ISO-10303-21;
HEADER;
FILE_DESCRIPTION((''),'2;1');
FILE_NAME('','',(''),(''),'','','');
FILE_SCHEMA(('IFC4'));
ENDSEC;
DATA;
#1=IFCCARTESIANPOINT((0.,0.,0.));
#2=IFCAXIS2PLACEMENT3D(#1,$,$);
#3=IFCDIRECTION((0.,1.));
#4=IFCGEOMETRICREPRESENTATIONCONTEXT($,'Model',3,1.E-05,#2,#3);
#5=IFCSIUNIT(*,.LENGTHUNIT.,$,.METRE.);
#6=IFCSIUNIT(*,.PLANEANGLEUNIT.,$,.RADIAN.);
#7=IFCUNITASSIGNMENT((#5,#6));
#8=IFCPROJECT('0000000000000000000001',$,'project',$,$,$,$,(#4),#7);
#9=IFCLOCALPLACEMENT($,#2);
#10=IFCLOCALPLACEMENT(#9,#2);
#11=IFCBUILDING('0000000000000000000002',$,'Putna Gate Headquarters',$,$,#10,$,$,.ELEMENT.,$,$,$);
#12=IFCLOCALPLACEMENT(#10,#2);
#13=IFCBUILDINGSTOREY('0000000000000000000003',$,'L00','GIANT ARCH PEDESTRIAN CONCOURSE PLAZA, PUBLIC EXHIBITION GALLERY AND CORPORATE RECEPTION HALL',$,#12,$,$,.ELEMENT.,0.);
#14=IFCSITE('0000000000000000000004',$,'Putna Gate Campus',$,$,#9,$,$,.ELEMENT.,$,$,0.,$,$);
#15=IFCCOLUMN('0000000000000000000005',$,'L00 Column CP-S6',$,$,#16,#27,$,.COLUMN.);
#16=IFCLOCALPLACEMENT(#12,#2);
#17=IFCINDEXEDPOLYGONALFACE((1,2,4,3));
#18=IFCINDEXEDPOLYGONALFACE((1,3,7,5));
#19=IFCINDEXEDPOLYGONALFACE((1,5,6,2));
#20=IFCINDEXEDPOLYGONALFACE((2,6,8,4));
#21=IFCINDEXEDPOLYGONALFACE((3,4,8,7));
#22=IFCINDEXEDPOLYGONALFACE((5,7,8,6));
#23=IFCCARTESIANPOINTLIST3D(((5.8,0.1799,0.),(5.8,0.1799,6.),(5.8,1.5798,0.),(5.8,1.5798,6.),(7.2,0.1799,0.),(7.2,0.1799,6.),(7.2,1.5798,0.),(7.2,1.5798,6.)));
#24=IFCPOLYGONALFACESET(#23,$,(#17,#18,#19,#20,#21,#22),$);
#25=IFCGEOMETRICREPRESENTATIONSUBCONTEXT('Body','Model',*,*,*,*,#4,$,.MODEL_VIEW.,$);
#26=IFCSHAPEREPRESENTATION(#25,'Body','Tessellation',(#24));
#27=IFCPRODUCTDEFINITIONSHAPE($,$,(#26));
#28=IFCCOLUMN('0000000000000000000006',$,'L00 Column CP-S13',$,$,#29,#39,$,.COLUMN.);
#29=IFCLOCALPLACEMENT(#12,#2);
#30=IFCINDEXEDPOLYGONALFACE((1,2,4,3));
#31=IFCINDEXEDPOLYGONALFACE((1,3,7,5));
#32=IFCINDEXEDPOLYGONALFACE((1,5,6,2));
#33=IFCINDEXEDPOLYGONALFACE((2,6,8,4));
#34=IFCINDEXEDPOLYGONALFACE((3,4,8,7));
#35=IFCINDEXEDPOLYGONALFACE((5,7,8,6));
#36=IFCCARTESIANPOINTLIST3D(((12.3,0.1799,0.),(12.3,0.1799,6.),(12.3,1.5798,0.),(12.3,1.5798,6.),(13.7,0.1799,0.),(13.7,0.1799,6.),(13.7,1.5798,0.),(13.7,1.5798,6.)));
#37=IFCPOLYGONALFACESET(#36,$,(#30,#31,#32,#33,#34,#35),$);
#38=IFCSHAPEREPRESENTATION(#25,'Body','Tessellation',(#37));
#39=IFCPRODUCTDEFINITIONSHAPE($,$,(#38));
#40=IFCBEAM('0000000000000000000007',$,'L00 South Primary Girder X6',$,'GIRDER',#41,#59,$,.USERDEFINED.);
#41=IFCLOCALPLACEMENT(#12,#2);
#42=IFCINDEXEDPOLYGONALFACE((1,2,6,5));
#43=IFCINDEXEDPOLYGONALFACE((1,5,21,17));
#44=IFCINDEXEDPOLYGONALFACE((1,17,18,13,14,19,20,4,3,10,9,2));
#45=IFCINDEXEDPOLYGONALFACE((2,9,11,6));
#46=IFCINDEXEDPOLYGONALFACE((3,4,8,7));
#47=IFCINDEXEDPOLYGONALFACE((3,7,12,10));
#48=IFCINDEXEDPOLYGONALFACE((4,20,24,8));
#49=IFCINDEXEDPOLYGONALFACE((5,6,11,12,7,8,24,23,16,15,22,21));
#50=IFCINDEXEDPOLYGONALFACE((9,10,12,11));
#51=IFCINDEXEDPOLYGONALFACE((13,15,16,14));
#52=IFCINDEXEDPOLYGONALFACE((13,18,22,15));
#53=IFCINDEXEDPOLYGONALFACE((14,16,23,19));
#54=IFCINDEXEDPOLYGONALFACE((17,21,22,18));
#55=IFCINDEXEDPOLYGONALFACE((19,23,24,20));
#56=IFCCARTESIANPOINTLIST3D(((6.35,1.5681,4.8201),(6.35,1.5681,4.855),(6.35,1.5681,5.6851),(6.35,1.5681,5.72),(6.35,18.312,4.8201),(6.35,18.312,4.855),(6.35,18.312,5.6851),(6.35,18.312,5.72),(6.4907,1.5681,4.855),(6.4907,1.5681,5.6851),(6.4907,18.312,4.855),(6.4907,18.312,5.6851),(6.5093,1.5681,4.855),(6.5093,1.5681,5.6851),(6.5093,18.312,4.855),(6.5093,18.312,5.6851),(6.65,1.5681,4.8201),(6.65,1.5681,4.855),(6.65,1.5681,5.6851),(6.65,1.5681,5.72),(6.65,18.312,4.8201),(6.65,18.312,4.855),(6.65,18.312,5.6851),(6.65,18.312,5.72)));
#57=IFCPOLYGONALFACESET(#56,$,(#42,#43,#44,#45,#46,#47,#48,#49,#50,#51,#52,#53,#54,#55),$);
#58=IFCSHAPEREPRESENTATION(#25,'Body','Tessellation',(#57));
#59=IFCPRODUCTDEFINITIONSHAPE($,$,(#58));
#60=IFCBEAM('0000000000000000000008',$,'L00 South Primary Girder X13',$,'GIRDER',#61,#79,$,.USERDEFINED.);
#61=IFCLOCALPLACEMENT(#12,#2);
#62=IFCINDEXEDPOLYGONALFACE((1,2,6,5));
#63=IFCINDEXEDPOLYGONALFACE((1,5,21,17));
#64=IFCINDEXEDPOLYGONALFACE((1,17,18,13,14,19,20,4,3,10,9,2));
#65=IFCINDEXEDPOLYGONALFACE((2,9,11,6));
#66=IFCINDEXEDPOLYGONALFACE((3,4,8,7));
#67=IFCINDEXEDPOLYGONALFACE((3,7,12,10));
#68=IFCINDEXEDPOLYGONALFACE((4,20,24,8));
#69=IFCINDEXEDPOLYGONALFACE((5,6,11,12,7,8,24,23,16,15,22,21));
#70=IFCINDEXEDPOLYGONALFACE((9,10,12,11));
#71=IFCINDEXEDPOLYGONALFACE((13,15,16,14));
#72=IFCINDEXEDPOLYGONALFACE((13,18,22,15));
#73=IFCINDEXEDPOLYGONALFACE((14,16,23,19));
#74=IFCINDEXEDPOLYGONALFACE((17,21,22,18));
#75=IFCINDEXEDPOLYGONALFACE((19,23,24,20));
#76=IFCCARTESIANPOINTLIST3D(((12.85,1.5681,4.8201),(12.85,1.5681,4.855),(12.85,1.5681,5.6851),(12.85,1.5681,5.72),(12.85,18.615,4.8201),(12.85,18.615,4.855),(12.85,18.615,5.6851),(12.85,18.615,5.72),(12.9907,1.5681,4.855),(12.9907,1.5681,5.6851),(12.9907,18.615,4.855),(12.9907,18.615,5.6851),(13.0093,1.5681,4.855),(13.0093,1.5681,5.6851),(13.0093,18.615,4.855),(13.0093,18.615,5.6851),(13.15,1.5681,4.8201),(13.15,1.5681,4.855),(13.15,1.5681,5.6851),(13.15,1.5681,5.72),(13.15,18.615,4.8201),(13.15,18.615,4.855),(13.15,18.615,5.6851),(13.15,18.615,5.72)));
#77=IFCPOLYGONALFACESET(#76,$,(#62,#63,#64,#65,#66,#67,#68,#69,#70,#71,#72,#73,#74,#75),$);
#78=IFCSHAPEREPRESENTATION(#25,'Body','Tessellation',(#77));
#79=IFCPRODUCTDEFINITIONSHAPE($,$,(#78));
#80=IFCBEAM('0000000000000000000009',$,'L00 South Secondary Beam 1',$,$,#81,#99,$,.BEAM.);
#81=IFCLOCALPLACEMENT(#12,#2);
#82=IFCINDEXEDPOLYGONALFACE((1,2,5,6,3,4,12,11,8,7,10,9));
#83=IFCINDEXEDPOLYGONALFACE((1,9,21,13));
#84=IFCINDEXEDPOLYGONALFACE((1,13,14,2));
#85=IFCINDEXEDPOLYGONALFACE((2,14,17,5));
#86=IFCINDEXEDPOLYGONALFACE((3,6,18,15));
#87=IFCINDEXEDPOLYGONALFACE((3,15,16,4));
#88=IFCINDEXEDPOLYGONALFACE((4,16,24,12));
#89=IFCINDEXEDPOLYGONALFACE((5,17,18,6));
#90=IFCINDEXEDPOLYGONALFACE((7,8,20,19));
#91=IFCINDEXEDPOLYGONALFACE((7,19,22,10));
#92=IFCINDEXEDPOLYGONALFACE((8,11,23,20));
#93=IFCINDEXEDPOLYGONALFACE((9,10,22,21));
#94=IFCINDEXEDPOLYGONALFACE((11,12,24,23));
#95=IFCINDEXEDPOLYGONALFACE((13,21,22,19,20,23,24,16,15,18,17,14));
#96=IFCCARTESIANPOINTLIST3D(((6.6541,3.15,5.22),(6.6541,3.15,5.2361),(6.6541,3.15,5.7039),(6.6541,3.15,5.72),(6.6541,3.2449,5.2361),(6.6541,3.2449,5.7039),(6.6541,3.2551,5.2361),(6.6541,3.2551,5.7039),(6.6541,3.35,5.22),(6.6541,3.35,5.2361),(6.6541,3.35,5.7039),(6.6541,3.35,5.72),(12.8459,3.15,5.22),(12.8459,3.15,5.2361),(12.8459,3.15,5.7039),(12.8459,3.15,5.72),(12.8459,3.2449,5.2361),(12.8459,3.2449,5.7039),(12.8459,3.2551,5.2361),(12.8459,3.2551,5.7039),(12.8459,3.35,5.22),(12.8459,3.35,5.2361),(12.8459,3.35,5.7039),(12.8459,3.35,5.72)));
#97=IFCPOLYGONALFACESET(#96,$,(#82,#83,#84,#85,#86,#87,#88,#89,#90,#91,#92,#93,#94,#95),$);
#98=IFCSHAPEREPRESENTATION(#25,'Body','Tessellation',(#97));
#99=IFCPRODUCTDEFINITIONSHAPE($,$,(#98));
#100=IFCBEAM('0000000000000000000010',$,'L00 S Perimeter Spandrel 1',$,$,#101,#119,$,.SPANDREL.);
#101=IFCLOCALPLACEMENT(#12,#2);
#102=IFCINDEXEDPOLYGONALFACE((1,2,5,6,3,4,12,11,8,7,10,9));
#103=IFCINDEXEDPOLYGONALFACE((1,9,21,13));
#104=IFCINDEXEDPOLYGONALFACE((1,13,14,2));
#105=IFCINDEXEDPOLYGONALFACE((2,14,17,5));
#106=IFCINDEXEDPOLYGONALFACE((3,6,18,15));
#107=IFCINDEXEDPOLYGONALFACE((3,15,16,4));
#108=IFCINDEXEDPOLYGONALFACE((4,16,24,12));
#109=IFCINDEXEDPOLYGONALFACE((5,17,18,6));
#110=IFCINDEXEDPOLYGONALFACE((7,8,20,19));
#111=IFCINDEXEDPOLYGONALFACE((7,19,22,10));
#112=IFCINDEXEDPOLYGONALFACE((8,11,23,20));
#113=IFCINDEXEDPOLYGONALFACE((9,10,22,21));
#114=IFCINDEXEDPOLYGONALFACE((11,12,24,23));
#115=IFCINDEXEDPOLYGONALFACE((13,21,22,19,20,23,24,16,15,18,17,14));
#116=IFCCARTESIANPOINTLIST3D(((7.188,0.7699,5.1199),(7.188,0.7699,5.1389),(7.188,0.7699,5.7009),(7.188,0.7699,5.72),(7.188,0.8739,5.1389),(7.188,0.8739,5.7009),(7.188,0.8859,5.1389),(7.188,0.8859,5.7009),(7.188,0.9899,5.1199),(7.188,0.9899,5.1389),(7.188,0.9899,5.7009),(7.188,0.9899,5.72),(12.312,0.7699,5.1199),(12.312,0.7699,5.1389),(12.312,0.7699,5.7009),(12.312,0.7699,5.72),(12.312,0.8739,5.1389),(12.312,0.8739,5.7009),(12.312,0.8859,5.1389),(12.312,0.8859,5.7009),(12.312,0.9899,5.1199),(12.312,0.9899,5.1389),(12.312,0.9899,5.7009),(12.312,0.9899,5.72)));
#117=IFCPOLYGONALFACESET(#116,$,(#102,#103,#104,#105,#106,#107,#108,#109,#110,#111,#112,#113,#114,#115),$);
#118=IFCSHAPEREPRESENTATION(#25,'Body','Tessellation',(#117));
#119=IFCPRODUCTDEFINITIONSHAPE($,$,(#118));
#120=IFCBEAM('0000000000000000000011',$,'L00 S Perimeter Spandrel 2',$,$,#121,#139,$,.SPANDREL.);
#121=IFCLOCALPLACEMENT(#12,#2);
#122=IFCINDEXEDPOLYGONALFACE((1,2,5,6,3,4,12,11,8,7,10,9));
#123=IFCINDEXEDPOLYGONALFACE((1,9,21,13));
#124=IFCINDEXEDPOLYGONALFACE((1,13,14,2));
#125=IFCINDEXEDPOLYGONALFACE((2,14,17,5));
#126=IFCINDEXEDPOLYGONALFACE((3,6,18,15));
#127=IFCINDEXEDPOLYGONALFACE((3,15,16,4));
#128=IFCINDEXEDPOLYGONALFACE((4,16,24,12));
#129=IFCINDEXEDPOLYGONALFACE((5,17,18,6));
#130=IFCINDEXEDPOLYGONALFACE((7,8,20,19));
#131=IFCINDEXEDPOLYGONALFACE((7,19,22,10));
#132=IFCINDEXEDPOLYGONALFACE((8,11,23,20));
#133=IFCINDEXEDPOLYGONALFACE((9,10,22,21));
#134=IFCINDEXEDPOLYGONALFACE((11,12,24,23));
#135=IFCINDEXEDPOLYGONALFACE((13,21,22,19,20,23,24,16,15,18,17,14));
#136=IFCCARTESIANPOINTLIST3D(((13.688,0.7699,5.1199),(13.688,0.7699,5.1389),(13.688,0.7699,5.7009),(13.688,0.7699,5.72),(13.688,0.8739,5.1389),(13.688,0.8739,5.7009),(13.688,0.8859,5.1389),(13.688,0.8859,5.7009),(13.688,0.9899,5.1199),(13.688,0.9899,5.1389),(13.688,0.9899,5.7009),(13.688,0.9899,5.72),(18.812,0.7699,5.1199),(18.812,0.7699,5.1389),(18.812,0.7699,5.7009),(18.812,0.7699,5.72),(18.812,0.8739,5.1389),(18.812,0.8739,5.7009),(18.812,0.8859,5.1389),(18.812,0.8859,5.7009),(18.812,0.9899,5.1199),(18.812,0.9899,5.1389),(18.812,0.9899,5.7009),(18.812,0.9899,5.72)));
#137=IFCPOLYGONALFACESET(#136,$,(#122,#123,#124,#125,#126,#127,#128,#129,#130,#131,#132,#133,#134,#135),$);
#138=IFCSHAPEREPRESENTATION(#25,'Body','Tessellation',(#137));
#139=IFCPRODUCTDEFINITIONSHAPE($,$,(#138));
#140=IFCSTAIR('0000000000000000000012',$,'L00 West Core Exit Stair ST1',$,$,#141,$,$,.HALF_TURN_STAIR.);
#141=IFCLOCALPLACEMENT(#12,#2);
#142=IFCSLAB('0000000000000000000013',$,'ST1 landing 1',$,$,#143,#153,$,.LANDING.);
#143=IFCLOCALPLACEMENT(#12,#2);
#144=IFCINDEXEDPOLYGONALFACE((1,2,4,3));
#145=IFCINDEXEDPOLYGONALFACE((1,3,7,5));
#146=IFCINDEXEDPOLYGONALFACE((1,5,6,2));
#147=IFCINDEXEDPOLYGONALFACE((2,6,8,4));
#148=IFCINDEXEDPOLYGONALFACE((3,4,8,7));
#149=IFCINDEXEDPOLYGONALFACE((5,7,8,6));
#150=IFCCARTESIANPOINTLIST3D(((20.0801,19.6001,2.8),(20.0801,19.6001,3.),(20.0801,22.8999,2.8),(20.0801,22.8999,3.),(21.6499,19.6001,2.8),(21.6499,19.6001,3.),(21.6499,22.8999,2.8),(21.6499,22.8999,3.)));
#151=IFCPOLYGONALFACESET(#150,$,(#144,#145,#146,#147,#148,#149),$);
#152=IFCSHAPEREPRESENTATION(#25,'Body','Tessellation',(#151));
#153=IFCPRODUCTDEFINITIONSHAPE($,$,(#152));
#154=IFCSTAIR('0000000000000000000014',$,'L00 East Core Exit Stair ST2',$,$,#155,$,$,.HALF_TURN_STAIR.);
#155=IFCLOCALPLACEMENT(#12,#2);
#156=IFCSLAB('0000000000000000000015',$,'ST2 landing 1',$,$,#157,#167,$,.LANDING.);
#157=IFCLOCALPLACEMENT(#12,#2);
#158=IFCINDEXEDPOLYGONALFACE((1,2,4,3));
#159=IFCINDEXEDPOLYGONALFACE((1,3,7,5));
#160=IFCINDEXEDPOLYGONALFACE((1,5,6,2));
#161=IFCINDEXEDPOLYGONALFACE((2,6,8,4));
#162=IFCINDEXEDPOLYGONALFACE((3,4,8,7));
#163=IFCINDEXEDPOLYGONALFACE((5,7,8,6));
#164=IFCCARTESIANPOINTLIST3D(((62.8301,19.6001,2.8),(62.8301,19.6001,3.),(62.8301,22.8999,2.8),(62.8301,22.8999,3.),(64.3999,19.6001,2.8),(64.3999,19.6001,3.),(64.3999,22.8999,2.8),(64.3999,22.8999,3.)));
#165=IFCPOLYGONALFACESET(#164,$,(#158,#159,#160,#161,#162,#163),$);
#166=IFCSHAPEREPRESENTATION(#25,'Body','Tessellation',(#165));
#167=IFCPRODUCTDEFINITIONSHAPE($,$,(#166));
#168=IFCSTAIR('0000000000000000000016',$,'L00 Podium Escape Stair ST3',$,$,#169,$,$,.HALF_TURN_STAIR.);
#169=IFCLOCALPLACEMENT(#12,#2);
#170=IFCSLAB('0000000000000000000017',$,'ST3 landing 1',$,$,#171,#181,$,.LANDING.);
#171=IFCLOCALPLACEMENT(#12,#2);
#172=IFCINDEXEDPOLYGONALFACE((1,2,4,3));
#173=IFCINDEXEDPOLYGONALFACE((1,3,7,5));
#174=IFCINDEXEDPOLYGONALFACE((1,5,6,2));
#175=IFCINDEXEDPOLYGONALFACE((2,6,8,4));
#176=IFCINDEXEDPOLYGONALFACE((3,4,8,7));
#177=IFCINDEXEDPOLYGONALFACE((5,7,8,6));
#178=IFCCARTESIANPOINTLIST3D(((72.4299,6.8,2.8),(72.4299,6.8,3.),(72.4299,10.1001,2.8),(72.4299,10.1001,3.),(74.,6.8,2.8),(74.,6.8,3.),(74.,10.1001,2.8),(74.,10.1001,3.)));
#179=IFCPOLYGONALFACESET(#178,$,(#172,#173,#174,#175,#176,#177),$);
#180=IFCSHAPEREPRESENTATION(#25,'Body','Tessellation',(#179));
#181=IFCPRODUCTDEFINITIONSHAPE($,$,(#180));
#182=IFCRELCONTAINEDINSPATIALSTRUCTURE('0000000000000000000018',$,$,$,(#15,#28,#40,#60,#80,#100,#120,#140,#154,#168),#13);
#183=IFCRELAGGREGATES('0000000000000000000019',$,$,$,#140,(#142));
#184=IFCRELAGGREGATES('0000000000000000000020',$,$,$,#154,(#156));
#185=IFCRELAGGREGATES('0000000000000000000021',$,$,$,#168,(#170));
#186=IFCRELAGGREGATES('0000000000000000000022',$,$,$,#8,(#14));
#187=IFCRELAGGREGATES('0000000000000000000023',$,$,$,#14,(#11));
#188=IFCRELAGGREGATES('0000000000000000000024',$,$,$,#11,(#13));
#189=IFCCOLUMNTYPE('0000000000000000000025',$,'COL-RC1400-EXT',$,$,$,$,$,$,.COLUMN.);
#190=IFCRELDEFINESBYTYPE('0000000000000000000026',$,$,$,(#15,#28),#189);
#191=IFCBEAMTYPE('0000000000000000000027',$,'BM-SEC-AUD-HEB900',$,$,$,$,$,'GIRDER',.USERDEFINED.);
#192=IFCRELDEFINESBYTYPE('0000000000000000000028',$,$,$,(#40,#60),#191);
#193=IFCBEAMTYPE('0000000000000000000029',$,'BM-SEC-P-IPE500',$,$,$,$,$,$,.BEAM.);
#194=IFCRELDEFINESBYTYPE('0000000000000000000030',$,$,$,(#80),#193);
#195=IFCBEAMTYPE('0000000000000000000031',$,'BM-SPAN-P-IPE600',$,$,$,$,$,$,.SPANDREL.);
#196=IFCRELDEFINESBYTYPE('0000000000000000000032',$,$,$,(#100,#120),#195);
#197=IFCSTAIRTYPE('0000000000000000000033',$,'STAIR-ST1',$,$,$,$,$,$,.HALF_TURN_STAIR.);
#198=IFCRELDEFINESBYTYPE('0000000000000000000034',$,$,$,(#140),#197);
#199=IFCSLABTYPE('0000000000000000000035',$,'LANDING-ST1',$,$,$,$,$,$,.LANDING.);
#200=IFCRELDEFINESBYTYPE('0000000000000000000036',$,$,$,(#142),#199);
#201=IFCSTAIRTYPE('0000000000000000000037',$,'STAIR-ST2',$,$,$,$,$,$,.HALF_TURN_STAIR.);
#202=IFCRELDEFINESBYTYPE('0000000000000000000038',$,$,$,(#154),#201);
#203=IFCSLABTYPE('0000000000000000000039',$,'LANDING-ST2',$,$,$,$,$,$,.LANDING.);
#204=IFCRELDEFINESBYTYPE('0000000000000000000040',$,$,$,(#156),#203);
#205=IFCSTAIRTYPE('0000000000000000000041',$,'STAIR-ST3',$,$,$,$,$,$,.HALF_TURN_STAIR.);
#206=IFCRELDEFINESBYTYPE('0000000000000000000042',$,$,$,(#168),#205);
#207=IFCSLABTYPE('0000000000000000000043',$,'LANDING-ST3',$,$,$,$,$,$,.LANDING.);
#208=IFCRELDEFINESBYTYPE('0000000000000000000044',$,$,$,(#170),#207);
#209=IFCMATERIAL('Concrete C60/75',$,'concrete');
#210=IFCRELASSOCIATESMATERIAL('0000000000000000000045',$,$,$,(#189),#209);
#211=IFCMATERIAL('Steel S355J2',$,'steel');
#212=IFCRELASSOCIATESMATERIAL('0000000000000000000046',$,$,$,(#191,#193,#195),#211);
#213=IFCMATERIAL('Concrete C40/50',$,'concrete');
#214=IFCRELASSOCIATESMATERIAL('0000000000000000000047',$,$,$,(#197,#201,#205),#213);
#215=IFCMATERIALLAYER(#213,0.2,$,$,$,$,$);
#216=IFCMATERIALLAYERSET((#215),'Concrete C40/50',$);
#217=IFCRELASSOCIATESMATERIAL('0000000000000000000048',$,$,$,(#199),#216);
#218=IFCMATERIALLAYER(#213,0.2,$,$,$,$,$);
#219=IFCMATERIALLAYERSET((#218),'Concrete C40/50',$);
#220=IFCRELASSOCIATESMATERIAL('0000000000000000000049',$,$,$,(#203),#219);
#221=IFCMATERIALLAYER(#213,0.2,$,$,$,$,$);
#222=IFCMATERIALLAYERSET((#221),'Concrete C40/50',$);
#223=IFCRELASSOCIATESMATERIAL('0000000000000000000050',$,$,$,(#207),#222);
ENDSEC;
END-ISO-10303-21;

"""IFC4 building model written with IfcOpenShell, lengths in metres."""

from ifc_helpers import new_model, si_unit, direction, frame, origin, origin_2d, place, context, subcontext, project, spatial, polyline, rectangle, i_section, outline, extrude, material, layer, layer_set, material_profile, profile_set, type_object, element, aggregate, save


model = new_model("IFC4")

# Units and contexts
model_context = context("Model", 3, precision=1e-05, world=origin(), true_north=direction((0.0, 1.0)))
body_context = subcontext(model_context, "Body", "Model", "MODEL_VIEW")
ifc_project = project(units=[si_unit("LENGTHUNIT", "METRE"), si_unit("PLANEANGLEUNIT", "RADIAN")], contexts=[model_context])

# Site, building, storey
site_placement = place(None, origin())
site = spatial("IfcSite", under=ifc_project, at=site_placement, Name="Putna Gate Campus", CompositionType="ELEMENT", RefElevation=0.0)
building_placement = place(site_placement, origin())
building = spatial("IfcBuilding", under=site, at=building_placement, Name="Putna Gate Headquarters", CompositionType="ELEMENT")
storey_placement = place(building_placement, origin())
storey = spatial("IfcBuildingStorey", under=building, at=storey_placement, Name="L00", Description="GIANT ARCH PEDESTRIAN CONCOURSE PLAZA, PUBLIC EXHIBITION GALLERY AND CORPORATE RECEPTION HALL", CompositionType="ELEMENT", Elevation=0.0)

# Columns
ifc_material_1 = material(Name="Concrete C60/75", Category="concrete")
ifc_material_profile_1 = material_profile(ifc_material_1, rectangle(XDim=1.3999, YDim=1.3999, at=origin_2d()), Name="Concrete C60/75")
ifc_profile_set_1 = profile_set([ifc_material_profile_1], Name="Concrete C60/75")
column_type = type_object("IfcColumnType", Name="COL-RC1400-EXT", PredefinedType="COLUMN", material=ifc_profile_set_1)
for number, where, z_axis, x_axis, name in (
    (1, (6.5, 0.8799, 0.0), (0.0, 0.0, 1.0), (1.0, 0.0, 0.0), "L00 Column CP-S6"),
    (2, (13.0, 0.8799, 0.0), (0.0, 0.0, 1.0), (1.0, 0.0, 0.0), "L00 Column CP-S13"),
):
    element("IfcColumn", number, at=place(storey_placement, frame(where, z_axis=z_axis, x_axis=x_axis)), inside=storey, type_object=column_type, Name=name, PredefinedType="COLUMN", context=body_context, shape_type="SweptSolid", body=[
        extrude(rectangle(XDim=1.3999, YDim=1.3999, at=origin_2d()), origin(), (0.0, 0.0, 1.0), 6.0),
    ])

# Beams
ifc_material_2 = material(Name="Steel S355J2", Category="steel")
ifc_material_profile_2 = material_profile(ifc_material_2, i_section(OverallWidth=0.3, OverallDepth=0.8999, WebThickness=0.0186, FlangeThickness=0.0349, at=origin_2d()), Name="Steel S355J2")
ifc_profile_set_2 = profile_set([ifc_material_profile_2], Name="Steel S355J2")
beam_type_1 = type_object("IfcBeamType", Name="BM-SEC-AUD-HEB900", ElementType="GIRDER", PredefinedType="USERDEFINED", material=ifc_profile_set_2)
beam_1_placement = place(storey_placement, frame((6.5, 1.5681, 5.27), z_axis=(0.0, 1.0, 0.0), x_axis=(-1.0, 0.0, 0.0)))
element("IfcBeam", 3, at=beam_1_placement, inside=storey, type_object=beam_type_1, Name="L00 South Primary Girder X6", ObjectType="GIRDER", PredefinedType="USERDEFINED", context=body_context, shape_type="SweptSolid", body=[
    extrude(i_section(OverallWidth=0.3, OverallDepth=0.8999, WebThickness=0.0186, FlangeThickness=0.0349, at=origin_2d()), origin(), (0.0, 0.0, 1.0), 16.7439),
])
beam_2_placement = place(storey_placement, frame((13.0, 1.5681, 5.27), z_axis=(0.0, 1.0, 0.0), x_axis=(-1.0, 0.0, 0.0)))
element("IfcBeam", 4, at=beam_2_placement, inside=storey, type_object=beam_type_1, Name="L00 South Primary Girder X13", ObjectType="GIRDER", PredefinedType="USERDEFINED", context=body_context, shape_type="SweptSolid", body=[
    extrude(i_section(OverallWidth=0.3, OverallDepth=0.8999, WebThickness=0.0186, FlangeThickness=0.0349, at=origin_2d()), origin(), (0.0, 0.0, 1.0), 17.0469),
])
ifc_material_profile_3 = material_profile(ifc_material_2, i_section(OverallWidth=0.2, OverallDepth=0.5, WebThickness=0.0103, FlangeThickness=0.0161, at=origin_2d()), Name="Steel S355J2")
ifc_profile_set_3 = profile_set([ifc_material_profile_3], Name="Steel S355J2")
beam_type_2 = type_object("IfcBeamType", Name="BM-SEC-P-IPE500", PredefinedType="BEAM", material=ifc_profile_set_3)
beam_3_placement = place(storey_placement, frame((6.6541, 3.25, 5.47), z_axis=(1.0, 0.0, 0.0), x_axis=(0.0, 1.0, 0.0)))
element("IfcBeam", 5, at=beam_3_placement, inside=storey, type_object=beam_type_2, Name="L00 South Secondary Beam 1", PredefinedType="BEAM", context=body_context, shape_type="SweptSolid", body=[
    extrude(i_section(OverallWidth=0.2, OverallDepth=0.5, WebThickness=0.0103, FlangeThickness=0.0161, at=origin_2d()), origin(), (0.0, 0.0, 1.0), 6.1919),
])
ifc_material_profile_4 = material_profile(ifc_material_2, i_section(OverallWidth=0.22, OverallDepth=0.6001, WebThickness=0.012, FlangeThickness=0.019, at=origin_2d()), Name="Steel S355J2")
ifc_profile_set_4 = profile_set([ifc_material_profile_4], Name="Steel S355J2")
beam_type_3 = type_object("IfcBeamType", Name="BM-SPAN-P-IPE600", PredefinedType="SPANDREL", material=ifc_profile_set_4)
for number, where, z_axis, x_axis, name in (
    (6, (7.188, 0.8799, 5.4199), (1.0, 0.0, 0.0), (0.0, 1.0, 0.0), "L00 S Perimeter Spandrel 1"),
    (7, (13.688, 0.8799, 5.4199), (1.0, 0.0, 0.0), (0.0, 1.0, 0.0), "L00 S Perimeter Spandrel 2"),
):
    element("IfcBeam", number, at=place(storey_placement, frame(where, z_axis=z_axis, x_axis=x_axis)), inside=storey, type_object=beam_type_3, Name=name, PredefinedType="SPANDREL", context=body_context, shape_type="SweptSolid", body=[
        extrude(i_section(OverallWidth=0.22, OverallDepth=0.6001, WebThickness=0.012, FlangeThickness=0.019, at=origin_2d()), origin(), (0.0, 0.0, 1.0), 5.124),
    ])

# Stairs, slabs
ifc_material_3 = material(Name="Concrete C40/50", Category="concrete")
stair_type_1 = type_object("IfcStairType", Name="STAIR-ST1", PredefinedType="HALF_TURN_STAIR", material=ifc_material_3)
stair_1_placement = place(storey_placement, origin())
stair_1 = element("IfcStair", 8, at=stair_1_placement, inside=storey, type_object=stair_type_1, Name="L00 West Core Exit Stair ST1", PredefinedType="HALF_TURN_STAIR")
ifc_layer_1 = layer(ifc_material_3, 0.2)
ifc_layer_set_1 = layer_set([ifc_layer_1], Name="Concrete C40/50")
slab_type_1 = type_object("IfcSlabType", Name="LANDING-ST1", PredefinedType="LANDING", material=ifc_layer_set_1)
slab_1_placement = place(storey_placement, frame((0.0, 0.0, 2.8)))
slab_1 = element("IfcSlab", 9, at=slab_1_placement, type_object=slab_type_1, Name="ST1 landing 1", PredefinedType="LANDING", context=body_context, shape_type="SweptSolid", body=[
    extrude(outline(polyline([(20.0801, 19.6001), (21.6499, 19.6001), (21.6499, 22.8999), (20.0801, 22.8999), (20.0801, 19.6001)])), origin(), (0.0, 0.0, 1.0), 0.2),
])
aggregate(stair_1, [slab_1])
stair_type_2 = type_object("IfcStairType", Name="STAIR-ST2", PredefinedType="HALF_TURN_STAIR", material=ifc_material_3)
stair_2_placement = place(storey_placement, origin())
stair_2 = element("IfcStair", 10, at=stair_2_placement, inside=storey, type_object=stair_type_2, Name="L00 East Core Exit Stair ST2", PredefinedType="HALF_TURN_STAIR")
ifc_layer_2 = layer(ifc_material_3, 0.2)
ifc_layer_set_2 = layer_set([ifc_layer_2], Name="Concrete C40/50")
slab_type_2 = type_object("IfcSlabType", Name="LANDING-ST2", PredefinedType="LANDING", material=ifc_layer_set_2)
slab_2_placement = place(storey_placement, frame((0.0, 0.0, 2.8)))
slab_2 = element("IfcSlab", 11, at=slab_2_placement, type_object=slab_type_2, Name="ST2 landing 1", PredefinedType="LANDING", context=body_context, shape_type="SweptSolid", body=[
    extrude(outline(polyline([(62.8301, 19.6001), (64.3999, 19.6001), (64.3999, 22.8999), (62.8301, 22.8999), (62.8301, 19.6001)])), origin(), (0.0, 0.0, 1.0), 0.2),
])
aggregate(stair_2, [slab_2])
stair_type_3 = type_object("IfcStairType", Name="STAIR-ST3", PredefinedType="HALF_TURN_STAIR", material=ifc_material_3)
stair_3_placement = place(storey_placement, origin())
stair_3 = element("IfcStair", 12, at=stair_3_placement, inside=storey, type_object=stair_type_3, Name="L00 Podium Escape Stair ST3", PredefinedType="HALF_TURN_STAIR")
ifc_layer_3 = layer(ifc_material_3, 0.2)
ifc_layer_set_3 = layer_set([ifc_layer_3], Name="Concrete C40/50")
slab_type_3 = type_object("IfcSlabType", Name="LANDING-ST3", PredefinedType="LANDING", material=ifc_layer_set_3)
slab_3_placement = place(storey_placement, frame((0.0, 0.0, 2.8)))
slab_3 = element("IfcSlab", 13, at=slab_3_placement, type_object=slab_type_3, Name="ST3 landing 1", PredefinedType="LANDING", context=body_context, shape_type="SweptSolid", body=[
    extrude(outline(polyline([(72.4299, 6.8), (74.0, 6.8), (74.0, 10.1001), (72.4299, 10.1001), (72.4299, 6.8)])), origin(), (0.0, 0.0, 1.0), 0.2),
])
aggregate(stair_3, [slab_3])

save(model, "model.ifc")
